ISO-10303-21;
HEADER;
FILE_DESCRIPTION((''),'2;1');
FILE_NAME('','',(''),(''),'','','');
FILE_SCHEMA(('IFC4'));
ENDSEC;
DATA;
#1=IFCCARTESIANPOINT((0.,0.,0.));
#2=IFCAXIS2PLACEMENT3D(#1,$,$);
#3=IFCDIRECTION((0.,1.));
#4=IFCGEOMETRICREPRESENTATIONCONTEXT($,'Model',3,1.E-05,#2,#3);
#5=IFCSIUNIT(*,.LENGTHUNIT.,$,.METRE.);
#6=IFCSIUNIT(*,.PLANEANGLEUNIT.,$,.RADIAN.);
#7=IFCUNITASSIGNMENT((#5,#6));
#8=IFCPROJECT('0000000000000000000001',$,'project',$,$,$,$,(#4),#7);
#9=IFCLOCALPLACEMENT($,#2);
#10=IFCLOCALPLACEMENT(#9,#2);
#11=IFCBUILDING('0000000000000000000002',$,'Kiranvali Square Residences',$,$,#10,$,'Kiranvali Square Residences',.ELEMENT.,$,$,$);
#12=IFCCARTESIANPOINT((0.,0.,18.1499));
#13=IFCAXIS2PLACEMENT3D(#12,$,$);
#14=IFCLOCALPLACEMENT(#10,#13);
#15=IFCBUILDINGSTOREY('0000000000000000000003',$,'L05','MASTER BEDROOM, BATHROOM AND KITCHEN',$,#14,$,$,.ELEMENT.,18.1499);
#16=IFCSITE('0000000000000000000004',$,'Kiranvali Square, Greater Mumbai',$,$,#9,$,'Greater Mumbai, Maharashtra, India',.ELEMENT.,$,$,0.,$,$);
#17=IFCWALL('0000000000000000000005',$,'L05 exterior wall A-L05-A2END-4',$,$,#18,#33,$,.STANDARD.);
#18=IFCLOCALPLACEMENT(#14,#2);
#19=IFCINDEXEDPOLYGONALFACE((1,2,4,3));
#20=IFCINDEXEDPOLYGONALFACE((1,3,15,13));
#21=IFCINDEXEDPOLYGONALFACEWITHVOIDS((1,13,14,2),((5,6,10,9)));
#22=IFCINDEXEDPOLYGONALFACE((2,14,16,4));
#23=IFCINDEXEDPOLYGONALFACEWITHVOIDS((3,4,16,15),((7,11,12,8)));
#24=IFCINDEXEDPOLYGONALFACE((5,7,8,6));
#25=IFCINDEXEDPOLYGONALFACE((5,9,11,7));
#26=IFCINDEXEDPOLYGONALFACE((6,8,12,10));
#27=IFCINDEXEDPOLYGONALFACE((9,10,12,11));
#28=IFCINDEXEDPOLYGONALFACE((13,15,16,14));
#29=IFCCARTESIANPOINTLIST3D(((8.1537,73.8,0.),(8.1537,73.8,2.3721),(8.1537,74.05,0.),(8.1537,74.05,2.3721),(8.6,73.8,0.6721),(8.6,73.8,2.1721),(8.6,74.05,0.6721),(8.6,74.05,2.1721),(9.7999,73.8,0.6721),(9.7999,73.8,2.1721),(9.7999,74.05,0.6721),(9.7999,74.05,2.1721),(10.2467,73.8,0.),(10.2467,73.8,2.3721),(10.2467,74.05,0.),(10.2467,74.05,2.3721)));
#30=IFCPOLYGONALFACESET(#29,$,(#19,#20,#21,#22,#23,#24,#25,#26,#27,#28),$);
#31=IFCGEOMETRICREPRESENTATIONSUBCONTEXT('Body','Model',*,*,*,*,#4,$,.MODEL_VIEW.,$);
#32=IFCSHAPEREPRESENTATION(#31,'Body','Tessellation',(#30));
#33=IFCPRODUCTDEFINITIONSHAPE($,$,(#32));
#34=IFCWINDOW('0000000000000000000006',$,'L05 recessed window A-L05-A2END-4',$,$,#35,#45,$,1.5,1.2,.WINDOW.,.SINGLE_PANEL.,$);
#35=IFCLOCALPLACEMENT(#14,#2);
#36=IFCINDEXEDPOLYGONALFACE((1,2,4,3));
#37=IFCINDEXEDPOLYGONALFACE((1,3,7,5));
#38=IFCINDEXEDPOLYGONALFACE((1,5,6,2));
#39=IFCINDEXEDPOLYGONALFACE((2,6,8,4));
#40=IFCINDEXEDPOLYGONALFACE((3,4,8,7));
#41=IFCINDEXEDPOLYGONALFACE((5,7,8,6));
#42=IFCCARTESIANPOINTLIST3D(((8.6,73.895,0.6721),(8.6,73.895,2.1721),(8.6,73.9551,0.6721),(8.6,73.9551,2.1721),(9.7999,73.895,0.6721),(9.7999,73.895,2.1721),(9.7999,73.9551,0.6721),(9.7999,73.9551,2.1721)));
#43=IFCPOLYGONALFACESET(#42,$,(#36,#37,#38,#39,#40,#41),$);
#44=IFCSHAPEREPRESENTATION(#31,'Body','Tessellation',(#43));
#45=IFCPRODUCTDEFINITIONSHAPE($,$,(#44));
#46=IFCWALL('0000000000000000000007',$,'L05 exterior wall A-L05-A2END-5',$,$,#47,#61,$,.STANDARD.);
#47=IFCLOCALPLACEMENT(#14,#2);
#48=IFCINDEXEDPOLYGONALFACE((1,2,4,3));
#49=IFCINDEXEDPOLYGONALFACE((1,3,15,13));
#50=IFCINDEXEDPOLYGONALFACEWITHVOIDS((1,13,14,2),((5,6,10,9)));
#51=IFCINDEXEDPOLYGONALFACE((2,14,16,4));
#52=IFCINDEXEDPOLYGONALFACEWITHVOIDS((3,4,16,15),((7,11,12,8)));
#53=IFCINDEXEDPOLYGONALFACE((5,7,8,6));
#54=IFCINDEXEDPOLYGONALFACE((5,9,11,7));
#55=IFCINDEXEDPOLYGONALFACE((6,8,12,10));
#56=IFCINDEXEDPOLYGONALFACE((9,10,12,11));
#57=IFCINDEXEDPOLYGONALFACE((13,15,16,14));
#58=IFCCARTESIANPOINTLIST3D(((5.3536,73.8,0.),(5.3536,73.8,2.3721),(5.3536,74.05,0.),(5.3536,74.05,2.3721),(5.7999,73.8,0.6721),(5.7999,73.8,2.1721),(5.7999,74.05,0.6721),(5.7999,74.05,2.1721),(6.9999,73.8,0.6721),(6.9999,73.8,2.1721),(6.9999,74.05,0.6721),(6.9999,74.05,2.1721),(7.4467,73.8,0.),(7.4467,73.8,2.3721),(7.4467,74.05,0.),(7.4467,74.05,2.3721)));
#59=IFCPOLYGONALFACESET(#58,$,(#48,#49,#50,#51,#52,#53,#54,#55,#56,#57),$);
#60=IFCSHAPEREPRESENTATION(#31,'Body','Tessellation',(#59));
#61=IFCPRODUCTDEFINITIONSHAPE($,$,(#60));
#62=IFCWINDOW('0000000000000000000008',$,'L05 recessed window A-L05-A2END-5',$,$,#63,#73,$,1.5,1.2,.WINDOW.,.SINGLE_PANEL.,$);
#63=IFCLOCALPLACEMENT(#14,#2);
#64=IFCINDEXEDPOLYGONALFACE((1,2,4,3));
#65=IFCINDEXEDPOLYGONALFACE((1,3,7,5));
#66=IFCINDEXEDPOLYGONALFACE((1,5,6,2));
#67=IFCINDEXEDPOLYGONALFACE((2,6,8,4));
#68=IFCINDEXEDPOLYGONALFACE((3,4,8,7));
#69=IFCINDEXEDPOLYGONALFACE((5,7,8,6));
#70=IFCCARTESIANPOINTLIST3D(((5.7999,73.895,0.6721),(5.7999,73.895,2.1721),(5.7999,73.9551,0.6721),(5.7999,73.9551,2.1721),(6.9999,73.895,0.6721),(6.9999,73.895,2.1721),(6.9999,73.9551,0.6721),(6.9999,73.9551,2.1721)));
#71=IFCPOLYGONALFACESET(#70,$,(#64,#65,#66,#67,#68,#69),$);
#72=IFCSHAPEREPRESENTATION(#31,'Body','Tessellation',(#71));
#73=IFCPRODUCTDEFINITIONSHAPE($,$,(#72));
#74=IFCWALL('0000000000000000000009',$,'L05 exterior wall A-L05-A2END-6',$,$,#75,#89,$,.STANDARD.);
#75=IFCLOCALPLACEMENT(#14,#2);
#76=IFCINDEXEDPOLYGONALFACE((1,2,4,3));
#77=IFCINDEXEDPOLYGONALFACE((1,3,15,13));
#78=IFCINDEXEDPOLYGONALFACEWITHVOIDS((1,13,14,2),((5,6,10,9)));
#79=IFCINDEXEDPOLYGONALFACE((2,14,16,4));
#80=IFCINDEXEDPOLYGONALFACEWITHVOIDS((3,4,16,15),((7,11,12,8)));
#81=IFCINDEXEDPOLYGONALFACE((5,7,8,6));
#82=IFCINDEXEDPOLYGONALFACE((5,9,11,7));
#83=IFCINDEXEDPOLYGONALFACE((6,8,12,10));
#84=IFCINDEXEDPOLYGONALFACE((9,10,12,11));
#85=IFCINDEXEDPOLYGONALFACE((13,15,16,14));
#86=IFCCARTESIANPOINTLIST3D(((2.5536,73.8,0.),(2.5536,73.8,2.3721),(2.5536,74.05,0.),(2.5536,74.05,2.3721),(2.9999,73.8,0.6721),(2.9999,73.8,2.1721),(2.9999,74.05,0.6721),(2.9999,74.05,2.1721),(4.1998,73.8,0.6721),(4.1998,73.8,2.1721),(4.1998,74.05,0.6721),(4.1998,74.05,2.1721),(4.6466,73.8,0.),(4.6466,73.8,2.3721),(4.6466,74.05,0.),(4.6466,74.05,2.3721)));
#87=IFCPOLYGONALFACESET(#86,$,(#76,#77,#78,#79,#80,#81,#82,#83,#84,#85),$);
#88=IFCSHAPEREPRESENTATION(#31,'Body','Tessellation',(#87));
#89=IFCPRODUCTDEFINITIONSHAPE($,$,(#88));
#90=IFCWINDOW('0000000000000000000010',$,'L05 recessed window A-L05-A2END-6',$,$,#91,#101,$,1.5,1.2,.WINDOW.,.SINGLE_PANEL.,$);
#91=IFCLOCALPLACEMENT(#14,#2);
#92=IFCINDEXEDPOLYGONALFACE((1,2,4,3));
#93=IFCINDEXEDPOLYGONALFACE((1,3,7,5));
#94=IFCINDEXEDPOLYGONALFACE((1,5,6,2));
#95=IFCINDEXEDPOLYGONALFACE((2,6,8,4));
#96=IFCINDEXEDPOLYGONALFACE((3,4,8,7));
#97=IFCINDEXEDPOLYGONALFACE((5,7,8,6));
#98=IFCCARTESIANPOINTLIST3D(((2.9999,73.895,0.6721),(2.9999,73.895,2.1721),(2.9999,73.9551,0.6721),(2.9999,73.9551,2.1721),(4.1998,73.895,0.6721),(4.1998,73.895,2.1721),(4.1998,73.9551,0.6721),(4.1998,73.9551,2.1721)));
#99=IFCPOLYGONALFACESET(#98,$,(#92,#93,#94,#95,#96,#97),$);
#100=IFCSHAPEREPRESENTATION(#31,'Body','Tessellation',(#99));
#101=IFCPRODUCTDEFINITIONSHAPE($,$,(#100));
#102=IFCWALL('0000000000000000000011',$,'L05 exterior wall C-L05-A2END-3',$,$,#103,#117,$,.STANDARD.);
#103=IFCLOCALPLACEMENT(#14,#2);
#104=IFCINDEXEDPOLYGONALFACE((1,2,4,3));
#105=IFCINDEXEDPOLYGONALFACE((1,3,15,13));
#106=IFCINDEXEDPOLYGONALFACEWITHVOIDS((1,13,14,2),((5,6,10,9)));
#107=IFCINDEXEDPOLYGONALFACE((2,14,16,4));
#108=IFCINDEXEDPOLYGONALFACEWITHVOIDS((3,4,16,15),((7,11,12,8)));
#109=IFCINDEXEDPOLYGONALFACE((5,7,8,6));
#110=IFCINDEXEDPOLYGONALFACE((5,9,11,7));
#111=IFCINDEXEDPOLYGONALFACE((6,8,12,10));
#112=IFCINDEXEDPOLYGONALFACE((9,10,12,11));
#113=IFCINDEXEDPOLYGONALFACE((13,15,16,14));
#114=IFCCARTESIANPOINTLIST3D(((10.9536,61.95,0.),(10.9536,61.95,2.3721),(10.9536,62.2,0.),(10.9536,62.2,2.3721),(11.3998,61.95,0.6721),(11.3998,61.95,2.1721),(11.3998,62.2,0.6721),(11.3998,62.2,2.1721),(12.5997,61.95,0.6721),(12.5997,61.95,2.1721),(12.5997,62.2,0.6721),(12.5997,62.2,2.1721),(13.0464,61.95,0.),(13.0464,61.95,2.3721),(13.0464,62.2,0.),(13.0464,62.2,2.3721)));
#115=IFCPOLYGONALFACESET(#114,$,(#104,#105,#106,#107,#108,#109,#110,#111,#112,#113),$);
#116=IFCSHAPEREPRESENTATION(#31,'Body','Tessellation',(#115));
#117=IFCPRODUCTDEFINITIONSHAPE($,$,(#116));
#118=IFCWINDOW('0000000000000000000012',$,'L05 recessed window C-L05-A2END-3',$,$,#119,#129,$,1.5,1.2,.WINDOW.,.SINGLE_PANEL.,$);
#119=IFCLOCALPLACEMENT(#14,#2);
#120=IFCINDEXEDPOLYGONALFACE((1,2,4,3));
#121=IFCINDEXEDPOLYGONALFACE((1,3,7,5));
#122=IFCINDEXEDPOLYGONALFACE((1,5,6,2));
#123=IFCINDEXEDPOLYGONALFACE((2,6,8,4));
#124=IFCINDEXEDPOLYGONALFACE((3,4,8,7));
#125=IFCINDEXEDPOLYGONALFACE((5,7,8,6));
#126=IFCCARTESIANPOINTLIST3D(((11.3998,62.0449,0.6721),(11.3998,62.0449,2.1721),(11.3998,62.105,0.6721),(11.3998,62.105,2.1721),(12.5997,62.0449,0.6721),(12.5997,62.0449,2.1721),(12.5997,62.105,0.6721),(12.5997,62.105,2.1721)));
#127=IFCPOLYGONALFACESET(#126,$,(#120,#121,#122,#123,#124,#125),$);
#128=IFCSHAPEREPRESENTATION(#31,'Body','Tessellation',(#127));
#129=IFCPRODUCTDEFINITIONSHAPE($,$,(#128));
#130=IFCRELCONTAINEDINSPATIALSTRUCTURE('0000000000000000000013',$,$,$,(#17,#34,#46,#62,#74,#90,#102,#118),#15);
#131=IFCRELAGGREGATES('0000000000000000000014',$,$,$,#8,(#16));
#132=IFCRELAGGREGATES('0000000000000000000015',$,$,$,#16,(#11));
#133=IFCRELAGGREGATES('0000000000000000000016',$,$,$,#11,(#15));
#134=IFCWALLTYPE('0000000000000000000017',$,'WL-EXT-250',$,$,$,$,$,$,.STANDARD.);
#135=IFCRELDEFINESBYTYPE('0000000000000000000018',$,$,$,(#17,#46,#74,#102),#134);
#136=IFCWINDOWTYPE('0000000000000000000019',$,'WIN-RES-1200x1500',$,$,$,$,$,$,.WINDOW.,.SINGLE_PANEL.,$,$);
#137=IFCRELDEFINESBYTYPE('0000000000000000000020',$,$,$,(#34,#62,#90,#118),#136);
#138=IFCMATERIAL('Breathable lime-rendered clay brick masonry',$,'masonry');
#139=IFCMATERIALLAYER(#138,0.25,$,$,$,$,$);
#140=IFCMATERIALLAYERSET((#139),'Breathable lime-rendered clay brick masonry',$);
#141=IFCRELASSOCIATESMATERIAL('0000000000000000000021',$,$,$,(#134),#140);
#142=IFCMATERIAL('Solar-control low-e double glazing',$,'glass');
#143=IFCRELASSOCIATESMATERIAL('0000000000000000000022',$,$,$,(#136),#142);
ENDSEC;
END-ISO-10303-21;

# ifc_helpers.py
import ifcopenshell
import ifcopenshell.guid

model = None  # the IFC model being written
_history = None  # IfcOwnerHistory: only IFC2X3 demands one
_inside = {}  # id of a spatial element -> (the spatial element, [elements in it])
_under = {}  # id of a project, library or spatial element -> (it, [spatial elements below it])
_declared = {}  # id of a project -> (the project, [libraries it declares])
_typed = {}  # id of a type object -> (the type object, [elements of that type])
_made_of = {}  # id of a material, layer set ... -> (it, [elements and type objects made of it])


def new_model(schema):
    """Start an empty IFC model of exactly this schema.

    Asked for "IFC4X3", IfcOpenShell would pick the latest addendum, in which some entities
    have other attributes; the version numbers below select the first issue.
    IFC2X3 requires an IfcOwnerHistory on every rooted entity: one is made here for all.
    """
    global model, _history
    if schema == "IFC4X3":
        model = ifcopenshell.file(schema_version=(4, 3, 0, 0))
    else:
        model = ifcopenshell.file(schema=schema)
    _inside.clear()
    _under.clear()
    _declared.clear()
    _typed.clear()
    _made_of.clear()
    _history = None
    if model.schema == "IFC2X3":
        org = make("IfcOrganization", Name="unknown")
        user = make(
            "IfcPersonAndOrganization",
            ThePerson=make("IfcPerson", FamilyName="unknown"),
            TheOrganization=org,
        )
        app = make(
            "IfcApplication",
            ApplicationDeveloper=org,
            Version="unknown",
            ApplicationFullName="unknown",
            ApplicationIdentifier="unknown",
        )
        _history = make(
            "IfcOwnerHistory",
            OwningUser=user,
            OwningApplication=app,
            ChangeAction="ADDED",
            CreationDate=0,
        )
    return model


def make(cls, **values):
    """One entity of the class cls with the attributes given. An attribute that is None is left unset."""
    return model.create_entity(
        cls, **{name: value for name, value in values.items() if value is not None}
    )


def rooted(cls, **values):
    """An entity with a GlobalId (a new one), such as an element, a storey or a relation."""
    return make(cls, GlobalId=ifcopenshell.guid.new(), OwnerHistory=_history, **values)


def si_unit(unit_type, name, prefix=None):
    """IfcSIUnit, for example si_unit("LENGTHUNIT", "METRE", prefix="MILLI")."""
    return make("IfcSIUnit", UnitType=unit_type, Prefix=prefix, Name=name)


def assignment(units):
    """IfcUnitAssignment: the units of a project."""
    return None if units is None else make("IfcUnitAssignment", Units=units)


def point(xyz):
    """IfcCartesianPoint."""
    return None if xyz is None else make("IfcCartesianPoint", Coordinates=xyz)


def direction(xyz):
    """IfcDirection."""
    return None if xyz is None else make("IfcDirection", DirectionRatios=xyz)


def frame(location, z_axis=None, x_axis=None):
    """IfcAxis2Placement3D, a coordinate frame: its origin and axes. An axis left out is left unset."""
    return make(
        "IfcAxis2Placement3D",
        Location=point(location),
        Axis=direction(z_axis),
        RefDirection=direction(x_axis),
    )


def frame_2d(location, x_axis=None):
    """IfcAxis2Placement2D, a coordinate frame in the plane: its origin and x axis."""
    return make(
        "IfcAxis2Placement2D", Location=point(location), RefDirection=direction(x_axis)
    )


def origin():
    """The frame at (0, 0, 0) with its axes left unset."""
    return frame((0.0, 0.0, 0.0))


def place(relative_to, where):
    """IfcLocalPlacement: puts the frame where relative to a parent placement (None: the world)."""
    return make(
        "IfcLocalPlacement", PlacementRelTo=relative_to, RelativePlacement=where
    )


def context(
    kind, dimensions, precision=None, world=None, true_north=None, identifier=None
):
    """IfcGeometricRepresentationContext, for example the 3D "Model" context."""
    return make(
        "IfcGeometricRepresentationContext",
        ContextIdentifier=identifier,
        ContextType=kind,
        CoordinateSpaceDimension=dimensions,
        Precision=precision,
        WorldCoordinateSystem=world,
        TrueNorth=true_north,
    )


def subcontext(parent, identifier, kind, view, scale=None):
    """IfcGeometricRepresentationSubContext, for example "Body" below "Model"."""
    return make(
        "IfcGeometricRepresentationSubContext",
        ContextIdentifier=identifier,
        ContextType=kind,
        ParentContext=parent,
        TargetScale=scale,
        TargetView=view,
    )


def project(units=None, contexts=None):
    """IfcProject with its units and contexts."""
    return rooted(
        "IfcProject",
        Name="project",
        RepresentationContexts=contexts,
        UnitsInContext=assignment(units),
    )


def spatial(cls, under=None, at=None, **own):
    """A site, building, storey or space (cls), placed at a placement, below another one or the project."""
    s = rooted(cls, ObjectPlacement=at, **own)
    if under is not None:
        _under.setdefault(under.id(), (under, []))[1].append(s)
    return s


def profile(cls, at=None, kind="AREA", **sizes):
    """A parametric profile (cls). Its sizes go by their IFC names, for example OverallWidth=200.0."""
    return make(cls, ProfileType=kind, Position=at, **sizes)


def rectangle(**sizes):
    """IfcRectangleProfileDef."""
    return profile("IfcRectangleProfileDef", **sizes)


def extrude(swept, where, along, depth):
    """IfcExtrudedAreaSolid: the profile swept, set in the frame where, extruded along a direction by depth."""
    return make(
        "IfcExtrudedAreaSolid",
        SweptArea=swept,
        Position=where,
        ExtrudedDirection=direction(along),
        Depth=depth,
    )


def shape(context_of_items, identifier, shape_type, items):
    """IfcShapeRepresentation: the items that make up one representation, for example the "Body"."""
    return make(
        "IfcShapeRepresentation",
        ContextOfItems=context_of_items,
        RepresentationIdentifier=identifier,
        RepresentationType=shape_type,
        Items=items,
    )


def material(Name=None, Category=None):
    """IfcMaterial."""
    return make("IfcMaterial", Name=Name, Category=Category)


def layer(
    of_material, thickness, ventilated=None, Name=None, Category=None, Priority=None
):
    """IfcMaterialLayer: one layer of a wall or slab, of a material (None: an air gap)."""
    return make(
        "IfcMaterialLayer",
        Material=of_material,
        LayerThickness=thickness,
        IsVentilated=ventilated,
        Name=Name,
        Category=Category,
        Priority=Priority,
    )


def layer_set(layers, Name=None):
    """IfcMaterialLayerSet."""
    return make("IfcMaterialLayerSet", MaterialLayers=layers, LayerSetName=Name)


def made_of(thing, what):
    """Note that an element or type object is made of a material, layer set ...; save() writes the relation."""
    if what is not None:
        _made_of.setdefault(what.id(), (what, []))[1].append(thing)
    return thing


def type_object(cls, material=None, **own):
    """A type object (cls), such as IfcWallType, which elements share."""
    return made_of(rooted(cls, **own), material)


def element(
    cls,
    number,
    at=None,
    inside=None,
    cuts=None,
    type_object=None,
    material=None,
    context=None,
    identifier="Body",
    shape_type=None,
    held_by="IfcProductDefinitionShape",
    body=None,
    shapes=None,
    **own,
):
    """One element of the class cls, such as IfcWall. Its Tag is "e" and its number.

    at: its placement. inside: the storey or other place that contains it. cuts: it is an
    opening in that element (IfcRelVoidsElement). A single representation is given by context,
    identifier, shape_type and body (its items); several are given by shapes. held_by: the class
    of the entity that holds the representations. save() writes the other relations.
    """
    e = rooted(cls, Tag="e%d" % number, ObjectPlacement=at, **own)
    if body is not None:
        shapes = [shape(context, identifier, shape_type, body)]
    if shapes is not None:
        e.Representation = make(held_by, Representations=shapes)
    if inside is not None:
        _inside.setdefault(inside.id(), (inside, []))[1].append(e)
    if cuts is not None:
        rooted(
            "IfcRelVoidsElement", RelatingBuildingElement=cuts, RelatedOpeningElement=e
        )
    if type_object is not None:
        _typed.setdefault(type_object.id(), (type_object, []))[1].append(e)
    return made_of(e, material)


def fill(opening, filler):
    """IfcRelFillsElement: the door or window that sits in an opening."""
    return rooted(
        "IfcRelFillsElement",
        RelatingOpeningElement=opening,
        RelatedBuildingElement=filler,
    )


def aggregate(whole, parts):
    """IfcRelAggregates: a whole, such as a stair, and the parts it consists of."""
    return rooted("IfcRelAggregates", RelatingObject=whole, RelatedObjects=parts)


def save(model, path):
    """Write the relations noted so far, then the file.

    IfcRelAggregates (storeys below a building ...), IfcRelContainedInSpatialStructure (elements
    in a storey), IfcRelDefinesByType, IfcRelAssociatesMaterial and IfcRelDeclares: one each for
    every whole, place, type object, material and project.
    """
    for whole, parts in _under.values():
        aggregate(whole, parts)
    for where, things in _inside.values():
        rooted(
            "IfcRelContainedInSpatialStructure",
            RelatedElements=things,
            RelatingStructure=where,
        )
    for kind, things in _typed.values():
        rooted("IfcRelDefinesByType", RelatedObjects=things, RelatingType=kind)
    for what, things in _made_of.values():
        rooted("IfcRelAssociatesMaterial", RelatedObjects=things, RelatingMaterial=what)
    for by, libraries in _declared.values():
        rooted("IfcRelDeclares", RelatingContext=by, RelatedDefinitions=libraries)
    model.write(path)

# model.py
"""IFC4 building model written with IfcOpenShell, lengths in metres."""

from ifc_helpers import new_model, si_unit, direction, frame, frame_2d, origin, place, context, subcontext, project, spatial, rectangle, extrude, material, layer, layer_set, type_object, element, fill, save


model = new_model("IFC4")

# Units and contexts
model_context = context("Model", 3, precision=1e-05, world=origin(), true_north=direction((0.0, 1.0)))
body_context = subcontext(model_context, "Body", "Model", "MODEL_VIEW")
ifc_project = project(units=[si_unit("LENGTHUNIT", "METRE"), si_unit("PLANEANGLEUNIT", "RADIAN")], contexts=[model_context])

# Site, building, storey
site_placement = place(None, origin())
site = spatial("IfcSite", under=ifc_project, at=site_placement, Name="Kiranvali Square, Greater Mumbai", LongName="Greater Mumbai, Maharashtra, India", CompositionType="ELEMENT", RefElevation=0.0)
building_placement = place(site_placement, origin())
building = spatial("IfcBuilding", under=site, at=building_placement, Name="Kiranvali Square Residences", LongName="Kiranvali Square Residences", CompositionType="ELEMENT")
storey_placement = place(building_placement, frame((0.0, 0.0, 18.1499)))
storey = spatial("IfcBuildingStorey", under=building, at=storey_placement, Name="L05", Description="MASTER BEDROOM, BATHROOM AND KITCHEN", CompositionType="ELEMENT", Elevation=18.1499)

# Walls, openings, windows
ifc_material_1 = material(Name="Breathable lime-rendered clay brick masonry", Category="masonry")
ifc_layer = layer(ifc_material_1, 0.25)
ifc_layer_set = layer_set([ifc_layer], Name="Breathable lime-rendered clay brick masonry")
wall_type = type_object("IfcWallType", Name="WL-EXT-250", PredefinedType="STANDARD", material=ifc_layer_set)
ifc_material_2 = material(Name="Solar-control low-e double glazing", Category="glass")
window_type = type_object("IfcWindowType", Name="WIN-RES-1200x1500", PartitioningType="SINGLE_PANEL", PredefinedType="WINDOW", material=ifc_material_2)
wall_1_placement = place(storey_placement, frame((10.2466, 73.925, 0.0), z_axis=(0.0, 0.0, 1.0), x_axis=(-1.0, 0.0, 0.0)))
wall_1 = element("IfcWall", 1, at=wall_1_placement, inside=storey, type_object=wall_type, Name="L05 exterior wall A-L05-A2END-4", PredefinedType="STANDARD", context=body_context, shape_type="SweptSolid", body=[
    extrude(rectangle(XDim=2.093, YDim=0.25, at=frame_2d((1.0464, 0.0))), origin(), (0.0, 0.0, 1.0), 2.3721),
])
opening_1_placement = place(wall_1_placement, frame((0.4465, 0.0, 0.6721)))
opening_1 = element("IfcOpeningElement", 2, at=opening_1_placement, cuts=wall_1, PredefinedType="OPENING", context=body_context, shape_type="SweptSolid", body=[
    extrude(rectangle(XDim=1.2, YDim=1.5, at=frame_2d((0.6001, 0.75))), frame((0.0, 0.135, 0.0), z_axis=(0.0, -1.0, 0.0), x_axis=(1.0, 0.0, 0.0)), (0.0, 0.0, 1.0), 0.27),
])
window_1_placement = place(opening_1_placement, origin())
window_1 = element("IfcWindow", 3, at=window_1_placement, inside=storey, type_object=window_type, Name="L05 recessed window A-L05-A2END-4", OverallHeight=1.5, OverallWidth=1.2, PartitioningType="SINGLE_PANEL", PredefinedType="WINDOW", context=body_context, shape_type="SweptSolid", body=[
    extrude(rectangle(XDim=1.2, YDim=1.5, at=frame_2d((0.6001, 0.75))), frame((0.0, 0.03, 0.0), z_axis=(0.0, -1.0, 0.0), x_axis=(1.0, 0.0, 0.0)), (0.0, 0.0, 1.0), 0.0601),
])
fill(opening_1, window_1)
wall_2_placement = place(storey_placement, frame((7.4465, 73.925, 0.0), z_axis=(0.0, 0.0, 1.0), x_axis=(-1.0, 0.0, 0.0)))
wall_2 = element("IfcWall", 4, at=wall_2_placement, inside=storey, type_object=wall_type, Name="L05 exterior wall A-L05-A2END-5", PredefinedType="STANDARD", context=body_context, shape_type="SweptSolid", body=[
    extrude(rectangle(XDim=2.093, YDim=0.25, at=frame_2d((1.0464, 0.0))), origin(), (0.0, 0.0, 1.0), 2.3721),
])
opening_2_placement = place(wall_2_placement, frame((0.4465, 0.0, 0.6721)))
opening_2 = element("IfcOpeningElement", 5, at=opening_2_placement, cuts=wall_2, PredefinedType="OPENING", context=body_context, shape_type="SweptSolid", body=[
    extrude(rectangle(XDim=1.2, YDim=1.5, at=frame_2d((0.6001, 0.75))), frame((0.0, 0.135, 0.0), z_axis=(0.0, -1.0, 0.0), x_axis=(1.0, 0.0, 0.0)), (0.0, 0.0, 1.0), 0.27),
])
window_2_placement = place(opening_2_placement, origin())
window_2 = element("IfcWindow", 6, at=window_2_placement, inside=storey, type_object=window_type, Name="L05 recessed window A-L05-A2END-5", OverallHeight=1.5, OverallWidth=1.2, PartitioningType="SINGLE_PANEL", PredefinedType="WINDOW", context=body_context, shape_type="SweptSolid", body=[
    extrude(rectangle(XDim=1.2, YDim=1.5, at=frame_2d((0.6001, 0.75))), frame((0.0, 0.03, 0.0), z_axis=(0.0, -1.0, 0.0), x_axis=(1.0, 0.0, 0.0)), (0.0, 0.0, 1.0), 0.0601),
])
fill(opening_2, window_2)
wall_3_placement = place(storey_placement, frame((4.6465, 73.925, 0.0), z_axis=(0.0, 0.0, 1.0), x_axis=(-1.0, 0.0, 0.0)))
wall_3 = element("IfcWall", 7, at=wall_3_placement, inside=storey, type_object=wall_type, Name="L05 exterior wall A-L05-A2END-6", PredefinedType="STANDARD", context=body_context, shape_type="SweptSolid", body=[
    extrude(rectangle(XDim=2.093, YDim=0.25, at=frame_2d((1.0464, 0.0))), origin(), (0.0, 0.0, 1.0), 2.3721),
])
opening_3_placement = place(wall_3_placement, frame((0.4465, 0.0, 0.6721)))
opening_3 = element("IfcOpeningElement", 8, at=opening_3_placement, cuts=wall_3, PredefinedType="OPENING", context=body_context, shape_type="SweptSolid", body=[
    extrude(rectangle(XDim=1.2, YDim=1.5, at=frame_2d((0.6001, 0.75))), frame((0.0, 0.135, 0.0), z_axis=(0.0, -1.0, 0.0), x_axis=(1.0, 0.0, 0.0)), (0.0, 0.0, 1.0), 0.27),
])
window_3_placement = place(opening_3_placement, origin())
window_3 = element("IfcWindow", 9, at=window_3_placement, inside=storey, type_object=window_type, Name="L05 recessed window A-L05-A2END-6", OverallHeight=1.5, OverallWidth=1.2, PartitioningType="SINGLE_PANEL", PredefinedType="WINDOW", context=body_context, shape_type="SweptSolid", body=[
    extrude(rectangle(XDim=1.2, YDim=1.5, at=frame_2d((0.6001, 0.75))), frame((0.0, 0.03, 0.0), z_axis=(0.0, -1.0, 0.0), x_axis=(1.0, 0.0, 0.0)), (0.0, 0.0, 1.0), 0.0601),
])
fill(opening_3, window_3)
wall_4_placement = place(storey_placement, frame((13.0464, 62.075, 0.0), z_axis=(0.0, 0.0, 1.0), x_axis=(-1.0, 0.0, 0.0)))
wall_4 = element("IfcWall", 10, at=wall_4_placement, inside=storey, type_object=wall_type, Name="L05 exterior wall C-L05-A2END-3", PredefinedType="STANDARD", context=body_context, shape_type="SweptSolid", body=[
    extrude(rectangle(XDim=2.0928, YDim=0.25, at=frame_2d((1.0464, 0.0))), origin(), (0.0, 0.0, 1.0), 2.3721),
])
opening_4_placement = place(wall_4_placement, frame((0.4465, 0.0, 0.6721)))
opening_4 = element("IfcOpeningElement", 11, at=opening_4_placement, cuts=wall_4, PredefinedType="OPENING", context=body_context, shape_type="SweptSolid", body=[
    extrude(rectangle(XDim=1.2, YDim=1.5, at=frame_2d((0.6001, 0.75))), frame((0.0, 0.135, 0.0), z_axis=(0.0, -1.0, 0.0), x_axis=(1.0, 0.0, 0.0)), (0.0, 0.0, 1.0), 0.27),
])
window_4_placement = place(opening_4_placement, origin())
window_4 = element("IfcWindow", 12, at=window_4_placement, inside=storey, type_object=window_type, Name="L05 recessed window C-L05-A2END-3", OverallHeight=1.5, OverallWidth=1.2, PartitioningType="SINGLE_PANEL", PredefinedType="WINDOW", context=body_context, shape_type="SweptSolid", body=[
    extrude(rectangle(XDim=1.2, YDim=1.5, at=frame_2d((0.6001, 0.75))), frame((0.0, 0.03, 0.0), z_axis=(0.0, -1.0, 0.0), x_axis=(1.0, 0.0, 0.0)), (0.0, 0.0, 1.0), 0.0601),
])
fill(opening_4, window_4)

save(model, "model.ifc")
